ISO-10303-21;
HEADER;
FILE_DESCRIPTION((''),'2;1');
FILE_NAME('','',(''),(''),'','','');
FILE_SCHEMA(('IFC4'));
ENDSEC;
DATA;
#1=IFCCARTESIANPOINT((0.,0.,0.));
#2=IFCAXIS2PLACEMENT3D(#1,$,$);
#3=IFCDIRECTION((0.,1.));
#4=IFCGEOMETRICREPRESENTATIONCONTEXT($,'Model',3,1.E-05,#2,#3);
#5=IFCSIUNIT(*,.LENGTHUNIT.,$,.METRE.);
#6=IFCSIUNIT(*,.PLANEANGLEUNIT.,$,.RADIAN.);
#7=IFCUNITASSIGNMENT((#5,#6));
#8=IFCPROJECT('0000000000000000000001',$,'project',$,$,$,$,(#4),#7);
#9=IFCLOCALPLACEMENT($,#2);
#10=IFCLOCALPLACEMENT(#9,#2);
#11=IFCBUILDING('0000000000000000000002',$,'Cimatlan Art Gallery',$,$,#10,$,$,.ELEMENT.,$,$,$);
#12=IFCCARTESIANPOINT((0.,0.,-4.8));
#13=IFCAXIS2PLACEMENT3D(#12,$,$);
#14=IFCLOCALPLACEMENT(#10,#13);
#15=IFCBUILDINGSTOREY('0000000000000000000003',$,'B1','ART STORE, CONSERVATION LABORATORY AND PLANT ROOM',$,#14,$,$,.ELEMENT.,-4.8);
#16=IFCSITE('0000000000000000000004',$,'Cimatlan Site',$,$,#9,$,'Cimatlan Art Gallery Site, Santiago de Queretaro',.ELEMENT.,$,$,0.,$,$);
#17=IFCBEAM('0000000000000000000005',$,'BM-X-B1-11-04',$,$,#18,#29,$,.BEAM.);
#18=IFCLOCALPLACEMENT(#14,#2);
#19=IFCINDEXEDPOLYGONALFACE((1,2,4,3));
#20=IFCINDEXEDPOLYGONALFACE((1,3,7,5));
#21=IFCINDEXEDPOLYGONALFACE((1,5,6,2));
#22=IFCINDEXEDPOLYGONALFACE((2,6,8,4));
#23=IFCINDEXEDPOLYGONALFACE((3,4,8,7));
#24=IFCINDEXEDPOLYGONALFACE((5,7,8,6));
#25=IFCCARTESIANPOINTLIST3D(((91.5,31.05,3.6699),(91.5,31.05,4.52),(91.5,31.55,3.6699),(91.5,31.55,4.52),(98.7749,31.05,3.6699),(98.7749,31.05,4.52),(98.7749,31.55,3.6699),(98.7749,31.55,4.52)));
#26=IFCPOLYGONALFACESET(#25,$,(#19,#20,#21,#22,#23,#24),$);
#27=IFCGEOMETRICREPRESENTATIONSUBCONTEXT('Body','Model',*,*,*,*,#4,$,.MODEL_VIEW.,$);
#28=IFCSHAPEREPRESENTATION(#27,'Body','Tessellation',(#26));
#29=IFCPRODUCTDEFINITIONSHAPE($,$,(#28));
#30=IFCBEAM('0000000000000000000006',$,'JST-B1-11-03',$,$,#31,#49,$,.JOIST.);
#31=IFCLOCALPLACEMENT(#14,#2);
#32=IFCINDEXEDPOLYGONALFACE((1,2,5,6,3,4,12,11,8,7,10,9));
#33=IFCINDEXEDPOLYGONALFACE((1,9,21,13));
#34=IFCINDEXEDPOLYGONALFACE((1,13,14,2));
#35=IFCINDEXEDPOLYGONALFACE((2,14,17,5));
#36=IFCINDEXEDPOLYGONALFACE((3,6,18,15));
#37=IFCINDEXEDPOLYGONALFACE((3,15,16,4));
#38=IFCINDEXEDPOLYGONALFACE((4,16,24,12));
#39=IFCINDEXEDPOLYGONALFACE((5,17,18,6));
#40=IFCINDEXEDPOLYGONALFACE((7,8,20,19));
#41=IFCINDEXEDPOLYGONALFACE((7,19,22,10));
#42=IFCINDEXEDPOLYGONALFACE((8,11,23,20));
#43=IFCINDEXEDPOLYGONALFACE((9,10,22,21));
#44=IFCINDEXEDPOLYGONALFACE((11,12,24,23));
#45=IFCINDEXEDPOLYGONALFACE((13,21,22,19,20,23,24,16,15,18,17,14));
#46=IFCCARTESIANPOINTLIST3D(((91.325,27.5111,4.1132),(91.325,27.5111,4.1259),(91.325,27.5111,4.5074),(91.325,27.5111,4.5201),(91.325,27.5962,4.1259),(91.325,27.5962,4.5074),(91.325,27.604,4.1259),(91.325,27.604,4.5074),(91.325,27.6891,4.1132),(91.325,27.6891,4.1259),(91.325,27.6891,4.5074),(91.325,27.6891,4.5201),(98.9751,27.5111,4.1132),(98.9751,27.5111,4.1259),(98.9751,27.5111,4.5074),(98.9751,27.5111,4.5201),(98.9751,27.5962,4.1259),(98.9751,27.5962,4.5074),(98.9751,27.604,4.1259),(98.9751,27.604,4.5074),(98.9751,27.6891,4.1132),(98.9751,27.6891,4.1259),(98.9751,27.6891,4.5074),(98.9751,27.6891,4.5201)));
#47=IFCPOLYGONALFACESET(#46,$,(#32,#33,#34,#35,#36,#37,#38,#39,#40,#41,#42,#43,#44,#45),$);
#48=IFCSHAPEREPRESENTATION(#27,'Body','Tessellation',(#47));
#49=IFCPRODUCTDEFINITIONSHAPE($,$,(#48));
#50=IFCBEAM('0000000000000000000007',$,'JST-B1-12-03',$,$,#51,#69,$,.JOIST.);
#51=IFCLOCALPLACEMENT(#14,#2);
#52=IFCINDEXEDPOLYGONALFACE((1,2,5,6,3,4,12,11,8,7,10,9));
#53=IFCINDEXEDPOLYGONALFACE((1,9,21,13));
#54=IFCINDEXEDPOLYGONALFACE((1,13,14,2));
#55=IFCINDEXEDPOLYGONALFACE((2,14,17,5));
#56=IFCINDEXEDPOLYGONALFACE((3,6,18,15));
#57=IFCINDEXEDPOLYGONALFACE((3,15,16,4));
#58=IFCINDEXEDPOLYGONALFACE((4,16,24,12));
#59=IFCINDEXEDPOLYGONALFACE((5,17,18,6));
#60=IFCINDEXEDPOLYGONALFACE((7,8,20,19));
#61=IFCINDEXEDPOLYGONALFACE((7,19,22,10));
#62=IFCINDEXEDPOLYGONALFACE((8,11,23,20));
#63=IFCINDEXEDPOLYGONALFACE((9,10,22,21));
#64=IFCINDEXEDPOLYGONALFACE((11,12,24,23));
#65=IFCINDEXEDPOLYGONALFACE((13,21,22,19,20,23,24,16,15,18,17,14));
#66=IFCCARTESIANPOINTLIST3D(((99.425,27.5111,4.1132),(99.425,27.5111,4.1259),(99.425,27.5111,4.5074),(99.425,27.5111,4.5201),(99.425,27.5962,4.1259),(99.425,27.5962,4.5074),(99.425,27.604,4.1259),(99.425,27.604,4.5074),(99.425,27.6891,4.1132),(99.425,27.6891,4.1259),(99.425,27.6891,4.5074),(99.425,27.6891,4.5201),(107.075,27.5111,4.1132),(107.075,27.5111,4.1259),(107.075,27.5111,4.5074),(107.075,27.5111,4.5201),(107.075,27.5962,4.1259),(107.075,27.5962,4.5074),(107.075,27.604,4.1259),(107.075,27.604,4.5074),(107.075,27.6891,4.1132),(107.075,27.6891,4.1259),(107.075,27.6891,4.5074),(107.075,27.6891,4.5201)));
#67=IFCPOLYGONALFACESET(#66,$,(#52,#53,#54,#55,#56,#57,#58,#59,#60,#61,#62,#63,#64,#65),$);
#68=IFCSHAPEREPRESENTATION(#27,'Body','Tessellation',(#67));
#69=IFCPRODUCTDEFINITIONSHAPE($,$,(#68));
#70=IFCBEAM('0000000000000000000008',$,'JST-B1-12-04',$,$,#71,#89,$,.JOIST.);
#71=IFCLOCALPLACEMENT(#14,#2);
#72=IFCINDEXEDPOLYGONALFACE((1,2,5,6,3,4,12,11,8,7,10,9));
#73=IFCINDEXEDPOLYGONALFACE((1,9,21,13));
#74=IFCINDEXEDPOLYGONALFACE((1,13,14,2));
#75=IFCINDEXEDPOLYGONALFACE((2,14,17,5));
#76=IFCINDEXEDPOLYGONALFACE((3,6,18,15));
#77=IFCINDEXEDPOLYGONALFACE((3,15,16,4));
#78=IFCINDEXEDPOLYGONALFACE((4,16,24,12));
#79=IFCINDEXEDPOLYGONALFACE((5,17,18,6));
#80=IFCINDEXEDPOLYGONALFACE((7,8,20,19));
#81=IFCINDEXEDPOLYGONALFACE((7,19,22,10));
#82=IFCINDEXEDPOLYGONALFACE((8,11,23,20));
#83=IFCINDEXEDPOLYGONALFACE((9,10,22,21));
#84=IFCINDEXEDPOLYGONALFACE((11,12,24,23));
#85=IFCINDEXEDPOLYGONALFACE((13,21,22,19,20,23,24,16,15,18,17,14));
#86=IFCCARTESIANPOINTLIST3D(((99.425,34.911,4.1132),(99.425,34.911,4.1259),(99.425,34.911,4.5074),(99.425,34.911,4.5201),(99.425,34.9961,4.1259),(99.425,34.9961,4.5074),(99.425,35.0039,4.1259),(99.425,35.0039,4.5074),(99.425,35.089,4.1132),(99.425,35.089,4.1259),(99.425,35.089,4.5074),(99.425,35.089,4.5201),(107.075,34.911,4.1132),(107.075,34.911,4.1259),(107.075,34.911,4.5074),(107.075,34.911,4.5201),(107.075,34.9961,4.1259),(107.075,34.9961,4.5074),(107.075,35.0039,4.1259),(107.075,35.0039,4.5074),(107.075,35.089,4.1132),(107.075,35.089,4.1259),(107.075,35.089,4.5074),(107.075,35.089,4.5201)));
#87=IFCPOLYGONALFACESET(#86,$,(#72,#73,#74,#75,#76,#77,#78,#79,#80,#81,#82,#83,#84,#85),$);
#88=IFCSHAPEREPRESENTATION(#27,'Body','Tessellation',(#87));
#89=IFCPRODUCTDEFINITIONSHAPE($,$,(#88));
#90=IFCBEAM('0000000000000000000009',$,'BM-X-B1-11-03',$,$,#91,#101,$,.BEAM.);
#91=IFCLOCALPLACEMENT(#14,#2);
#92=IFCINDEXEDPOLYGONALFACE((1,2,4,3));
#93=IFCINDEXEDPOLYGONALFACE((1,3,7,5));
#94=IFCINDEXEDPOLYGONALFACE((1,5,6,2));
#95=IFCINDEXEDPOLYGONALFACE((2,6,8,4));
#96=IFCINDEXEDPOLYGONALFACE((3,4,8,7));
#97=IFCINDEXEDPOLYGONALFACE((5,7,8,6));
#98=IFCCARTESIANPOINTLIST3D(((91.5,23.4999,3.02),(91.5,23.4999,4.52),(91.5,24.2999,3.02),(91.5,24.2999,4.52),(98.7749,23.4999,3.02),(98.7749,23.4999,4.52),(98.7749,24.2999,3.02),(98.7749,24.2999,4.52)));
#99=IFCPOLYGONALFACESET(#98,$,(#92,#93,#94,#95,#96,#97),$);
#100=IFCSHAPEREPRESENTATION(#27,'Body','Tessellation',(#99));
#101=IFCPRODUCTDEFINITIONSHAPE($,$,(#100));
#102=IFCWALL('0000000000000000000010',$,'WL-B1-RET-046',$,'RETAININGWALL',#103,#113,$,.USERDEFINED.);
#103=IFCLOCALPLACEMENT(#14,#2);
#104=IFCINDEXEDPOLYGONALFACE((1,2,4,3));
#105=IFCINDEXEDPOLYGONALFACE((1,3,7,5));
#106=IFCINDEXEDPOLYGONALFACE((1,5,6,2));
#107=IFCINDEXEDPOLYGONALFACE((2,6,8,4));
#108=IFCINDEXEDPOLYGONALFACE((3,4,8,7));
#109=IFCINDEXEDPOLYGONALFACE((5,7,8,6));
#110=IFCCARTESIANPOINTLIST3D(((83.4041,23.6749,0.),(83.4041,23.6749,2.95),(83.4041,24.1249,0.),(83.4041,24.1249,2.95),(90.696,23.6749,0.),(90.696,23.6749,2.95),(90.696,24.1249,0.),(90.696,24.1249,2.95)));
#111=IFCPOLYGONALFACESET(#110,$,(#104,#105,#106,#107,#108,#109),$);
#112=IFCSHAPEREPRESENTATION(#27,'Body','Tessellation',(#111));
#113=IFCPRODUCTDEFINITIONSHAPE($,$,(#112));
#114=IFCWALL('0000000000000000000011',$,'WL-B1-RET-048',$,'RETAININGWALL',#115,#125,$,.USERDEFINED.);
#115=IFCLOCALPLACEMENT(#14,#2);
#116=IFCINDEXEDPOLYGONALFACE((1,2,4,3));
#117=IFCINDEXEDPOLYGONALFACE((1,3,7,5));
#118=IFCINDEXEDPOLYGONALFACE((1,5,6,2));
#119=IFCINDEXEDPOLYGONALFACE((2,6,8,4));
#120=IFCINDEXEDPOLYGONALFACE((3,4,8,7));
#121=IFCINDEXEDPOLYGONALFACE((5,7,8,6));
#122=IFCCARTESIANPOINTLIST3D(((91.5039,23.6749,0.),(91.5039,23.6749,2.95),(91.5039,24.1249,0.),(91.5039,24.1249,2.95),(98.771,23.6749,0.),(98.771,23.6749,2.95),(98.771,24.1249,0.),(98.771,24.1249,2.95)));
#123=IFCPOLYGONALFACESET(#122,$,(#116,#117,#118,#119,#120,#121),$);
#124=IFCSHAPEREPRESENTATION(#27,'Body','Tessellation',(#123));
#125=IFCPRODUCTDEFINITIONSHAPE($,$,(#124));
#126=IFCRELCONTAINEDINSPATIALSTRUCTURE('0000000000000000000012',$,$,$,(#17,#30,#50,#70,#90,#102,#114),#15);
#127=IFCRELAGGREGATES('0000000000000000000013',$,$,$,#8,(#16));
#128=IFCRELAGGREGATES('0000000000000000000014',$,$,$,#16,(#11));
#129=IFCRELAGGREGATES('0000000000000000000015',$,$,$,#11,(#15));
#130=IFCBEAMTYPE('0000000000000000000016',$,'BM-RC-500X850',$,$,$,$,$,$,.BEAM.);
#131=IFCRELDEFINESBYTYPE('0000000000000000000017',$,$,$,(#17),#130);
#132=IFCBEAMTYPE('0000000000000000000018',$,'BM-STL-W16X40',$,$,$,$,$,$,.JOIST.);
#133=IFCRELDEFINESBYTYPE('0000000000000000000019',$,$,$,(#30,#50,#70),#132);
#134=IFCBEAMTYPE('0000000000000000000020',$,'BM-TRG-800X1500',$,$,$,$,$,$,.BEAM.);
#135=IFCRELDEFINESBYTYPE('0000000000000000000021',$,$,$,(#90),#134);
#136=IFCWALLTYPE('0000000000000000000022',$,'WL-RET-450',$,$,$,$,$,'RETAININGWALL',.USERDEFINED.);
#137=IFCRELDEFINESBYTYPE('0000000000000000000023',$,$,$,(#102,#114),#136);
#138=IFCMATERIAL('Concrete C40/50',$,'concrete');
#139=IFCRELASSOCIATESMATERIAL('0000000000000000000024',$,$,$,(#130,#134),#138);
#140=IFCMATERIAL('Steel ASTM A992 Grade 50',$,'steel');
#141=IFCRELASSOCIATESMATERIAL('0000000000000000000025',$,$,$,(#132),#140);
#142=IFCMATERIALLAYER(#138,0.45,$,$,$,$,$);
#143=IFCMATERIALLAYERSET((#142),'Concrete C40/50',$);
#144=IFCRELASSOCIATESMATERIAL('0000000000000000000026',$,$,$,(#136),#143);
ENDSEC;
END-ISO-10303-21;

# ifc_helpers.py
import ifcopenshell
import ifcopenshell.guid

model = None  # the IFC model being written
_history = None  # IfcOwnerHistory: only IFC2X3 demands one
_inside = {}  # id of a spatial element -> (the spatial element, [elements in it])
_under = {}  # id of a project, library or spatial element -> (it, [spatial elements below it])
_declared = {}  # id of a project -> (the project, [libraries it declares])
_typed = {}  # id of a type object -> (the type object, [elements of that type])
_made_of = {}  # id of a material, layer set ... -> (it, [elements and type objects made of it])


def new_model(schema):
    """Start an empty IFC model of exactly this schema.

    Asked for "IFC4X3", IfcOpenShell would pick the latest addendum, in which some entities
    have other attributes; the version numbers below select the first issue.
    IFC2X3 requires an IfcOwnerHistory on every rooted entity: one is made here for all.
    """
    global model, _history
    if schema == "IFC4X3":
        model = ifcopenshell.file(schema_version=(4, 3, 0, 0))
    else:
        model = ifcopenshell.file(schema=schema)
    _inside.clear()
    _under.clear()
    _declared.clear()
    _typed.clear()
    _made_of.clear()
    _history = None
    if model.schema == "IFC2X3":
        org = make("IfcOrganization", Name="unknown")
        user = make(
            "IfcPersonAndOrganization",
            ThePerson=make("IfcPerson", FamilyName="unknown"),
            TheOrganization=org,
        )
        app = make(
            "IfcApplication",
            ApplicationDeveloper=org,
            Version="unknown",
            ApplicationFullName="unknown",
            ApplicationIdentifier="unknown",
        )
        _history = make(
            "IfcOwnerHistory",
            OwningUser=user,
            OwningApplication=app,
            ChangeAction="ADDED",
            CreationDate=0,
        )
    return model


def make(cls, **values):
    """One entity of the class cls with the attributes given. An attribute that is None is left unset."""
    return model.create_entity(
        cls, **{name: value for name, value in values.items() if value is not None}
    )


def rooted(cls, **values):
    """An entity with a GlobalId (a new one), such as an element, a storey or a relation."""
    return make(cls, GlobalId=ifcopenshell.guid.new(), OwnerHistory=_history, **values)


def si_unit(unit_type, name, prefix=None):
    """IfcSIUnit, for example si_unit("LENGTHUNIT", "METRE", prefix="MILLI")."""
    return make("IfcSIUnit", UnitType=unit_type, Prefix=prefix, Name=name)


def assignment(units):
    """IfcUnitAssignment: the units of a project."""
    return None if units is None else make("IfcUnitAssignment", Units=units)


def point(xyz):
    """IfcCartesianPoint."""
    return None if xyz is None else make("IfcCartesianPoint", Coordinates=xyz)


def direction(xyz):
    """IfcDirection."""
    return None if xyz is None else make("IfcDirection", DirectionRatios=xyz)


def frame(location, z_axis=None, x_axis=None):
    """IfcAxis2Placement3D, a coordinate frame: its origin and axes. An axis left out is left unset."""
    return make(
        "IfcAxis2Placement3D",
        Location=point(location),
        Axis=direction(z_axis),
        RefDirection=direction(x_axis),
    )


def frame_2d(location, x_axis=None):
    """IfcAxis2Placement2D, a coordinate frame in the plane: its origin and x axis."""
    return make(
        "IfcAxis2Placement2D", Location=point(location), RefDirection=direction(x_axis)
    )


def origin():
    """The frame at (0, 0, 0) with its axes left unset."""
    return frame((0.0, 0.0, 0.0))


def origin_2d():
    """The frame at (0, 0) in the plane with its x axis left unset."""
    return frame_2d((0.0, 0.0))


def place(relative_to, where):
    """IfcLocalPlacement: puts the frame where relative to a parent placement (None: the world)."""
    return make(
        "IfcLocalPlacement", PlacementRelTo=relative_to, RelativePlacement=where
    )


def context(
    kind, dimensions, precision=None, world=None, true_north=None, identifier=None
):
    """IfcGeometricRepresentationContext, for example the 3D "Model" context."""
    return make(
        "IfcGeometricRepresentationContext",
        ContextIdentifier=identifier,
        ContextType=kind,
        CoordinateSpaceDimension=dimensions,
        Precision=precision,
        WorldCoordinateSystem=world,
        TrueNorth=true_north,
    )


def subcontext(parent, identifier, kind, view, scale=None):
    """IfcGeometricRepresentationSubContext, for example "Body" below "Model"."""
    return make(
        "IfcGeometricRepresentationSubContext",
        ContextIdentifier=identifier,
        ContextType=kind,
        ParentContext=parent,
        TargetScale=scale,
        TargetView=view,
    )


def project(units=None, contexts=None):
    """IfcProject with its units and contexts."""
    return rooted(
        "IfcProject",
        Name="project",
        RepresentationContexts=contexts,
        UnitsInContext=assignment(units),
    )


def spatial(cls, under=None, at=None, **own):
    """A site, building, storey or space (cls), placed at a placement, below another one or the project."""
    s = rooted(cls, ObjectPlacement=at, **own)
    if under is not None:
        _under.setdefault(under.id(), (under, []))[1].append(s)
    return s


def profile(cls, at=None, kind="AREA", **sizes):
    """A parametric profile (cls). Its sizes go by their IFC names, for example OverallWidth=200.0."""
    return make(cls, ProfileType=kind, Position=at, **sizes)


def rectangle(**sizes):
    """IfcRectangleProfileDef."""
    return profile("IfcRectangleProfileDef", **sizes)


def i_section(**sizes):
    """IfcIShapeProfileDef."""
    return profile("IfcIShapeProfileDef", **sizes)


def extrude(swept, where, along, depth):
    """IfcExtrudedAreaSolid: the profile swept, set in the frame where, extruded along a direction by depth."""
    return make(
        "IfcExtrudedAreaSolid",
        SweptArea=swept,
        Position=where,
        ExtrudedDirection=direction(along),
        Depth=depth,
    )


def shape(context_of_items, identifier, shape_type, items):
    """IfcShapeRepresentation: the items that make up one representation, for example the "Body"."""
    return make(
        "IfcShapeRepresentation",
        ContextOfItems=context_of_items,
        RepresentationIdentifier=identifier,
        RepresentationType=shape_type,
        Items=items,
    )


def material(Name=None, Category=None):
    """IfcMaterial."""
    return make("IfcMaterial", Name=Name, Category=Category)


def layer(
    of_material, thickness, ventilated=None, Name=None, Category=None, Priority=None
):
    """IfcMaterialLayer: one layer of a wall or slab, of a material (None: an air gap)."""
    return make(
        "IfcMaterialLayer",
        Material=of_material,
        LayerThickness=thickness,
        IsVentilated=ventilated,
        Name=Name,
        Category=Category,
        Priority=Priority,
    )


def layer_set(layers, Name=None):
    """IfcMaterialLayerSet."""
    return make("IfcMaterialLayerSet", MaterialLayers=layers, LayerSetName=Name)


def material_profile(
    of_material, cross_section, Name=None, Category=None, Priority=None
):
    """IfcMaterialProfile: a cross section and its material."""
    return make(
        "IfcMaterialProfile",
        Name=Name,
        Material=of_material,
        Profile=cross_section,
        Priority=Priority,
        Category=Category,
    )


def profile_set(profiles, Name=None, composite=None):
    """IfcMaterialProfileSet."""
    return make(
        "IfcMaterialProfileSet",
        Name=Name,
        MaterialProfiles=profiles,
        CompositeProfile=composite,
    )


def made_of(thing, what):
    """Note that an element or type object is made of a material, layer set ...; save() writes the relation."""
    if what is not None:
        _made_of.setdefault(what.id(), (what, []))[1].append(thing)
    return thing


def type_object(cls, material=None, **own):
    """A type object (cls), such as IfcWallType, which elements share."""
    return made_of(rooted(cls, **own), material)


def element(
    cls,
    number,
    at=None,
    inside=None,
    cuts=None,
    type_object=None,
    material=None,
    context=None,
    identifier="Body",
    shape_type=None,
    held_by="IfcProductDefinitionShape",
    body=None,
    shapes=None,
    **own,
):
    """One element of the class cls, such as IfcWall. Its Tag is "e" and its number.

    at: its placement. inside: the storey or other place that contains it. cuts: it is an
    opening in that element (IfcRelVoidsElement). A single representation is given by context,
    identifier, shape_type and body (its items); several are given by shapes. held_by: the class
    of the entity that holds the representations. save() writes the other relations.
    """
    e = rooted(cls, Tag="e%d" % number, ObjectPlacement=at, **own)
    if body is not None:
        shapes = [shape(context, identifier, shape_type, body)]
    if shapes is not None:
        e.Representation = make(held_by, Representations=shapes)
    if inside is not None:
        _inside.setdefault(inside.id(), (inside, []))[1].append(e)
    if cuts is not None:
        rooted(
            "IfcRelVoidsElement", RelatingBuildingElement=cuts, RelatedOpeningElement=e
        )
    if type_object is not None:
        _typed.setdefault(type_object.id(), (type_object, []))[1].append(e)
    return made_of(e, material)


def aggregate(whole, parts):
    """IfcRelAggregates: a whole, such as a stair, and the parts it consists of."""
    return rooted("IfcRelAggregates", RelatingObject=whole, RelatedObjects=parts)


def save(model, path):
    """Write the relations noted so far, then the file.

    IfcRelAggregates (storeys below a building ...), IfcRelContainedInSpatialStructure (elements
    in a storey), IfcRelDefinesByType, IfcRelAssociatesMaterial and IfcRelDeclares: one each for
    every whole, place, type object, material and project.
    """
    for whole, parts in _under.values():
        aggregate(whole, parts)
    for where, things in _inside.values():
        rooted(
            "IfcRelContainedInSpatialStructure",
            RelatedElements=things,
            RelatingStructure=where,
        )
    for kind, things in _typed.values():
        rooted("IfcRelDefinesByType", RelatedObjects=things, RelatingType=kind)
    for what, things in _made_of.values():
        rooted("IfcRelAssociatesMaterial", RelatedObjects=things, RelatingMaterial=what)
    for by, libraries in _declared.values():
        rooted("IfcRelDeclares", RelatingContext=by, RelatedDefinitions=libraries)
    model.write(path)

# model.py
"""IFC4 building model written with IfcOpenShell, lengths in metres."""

from ifc_helpers import new_model, si_unit, direction, frame, frame_2d, origin, origin_2d, place, context, subcontext, project, spatial, rectangle, i_section, extrude, material, layer, layer_set, material_profile, profile_set, type_object, element, save


model = new_model("IFC4")

# Units and contexts
model_context = context("Model", 3, precision=1e-05, world=origin(), true_north=direction((0.0, 1.0)))
body_context = subcontext(model_context, "Body", "Model", "MODEL_VIEW")
ifc_project = project(units=[si_unit("LENGTHUNIT", "METRE"), si_unit("PLANEANGLEUNIT", "RADIAN")], contexts=[model_context])

# Site, building, storey
site_placement = place(None, origin())
site = spatial("IfcSite", under=ifc_project, at=site_placement, Name="Cimatlan Site", LongName="Cimatlan Art Gallery Site, Santiago de Queretaro", CompositionType="ELEMENT", RefElevation=0.0)
building_placement = place(site_placement, origin())
building = spatial("IfcBuilding", under=site, at=building_placement, Name="Cimatlan Art Gallery", CompositionType="ELEMENT")
storey_placement = place(building_placement, frame((0.0, 0.0, -4.8)))
storey = spatial("IfcBuildingStorey", under=building, at=storey_placement, Name="B1", Description="ART STORE, CONSERVATION LABORATORY AND PLANT ROOM", CompositionType="ELEMENT", Elevation=-4.8)

# Shared definitions
ifc_material_1 = material(Name="Concrete C40/50", Category="concrete")

# Beams
ifc_material_profile_1 = material_profile(ifc_material_1, rectangle(XDim=0.5, YDim=0.8501, at=origin_2d()), Name="RC500X850")
ifc_profile_set_1 = profile_set([ifc_material_profile_1], Name="Concrete C40/50")
beam_type_1 = type_object("IfcBeamType", Name="BM-RC-500X850", PredefinedType="BEAM", material=ifc_profile_set_1)
beam_1_placement = place(storey_placement, frame((91.5, 31.3, 4.095), z_axis=(1.0, 0.0, 0.0), x_axis=(0.0, 1.0, 0.0)))
element("IfcBeam", 1, at=beam_1_placement, inside=storey, type_object=beam_type_1, Name="BM-X-B1-11-04", PredefinedType="BEAM", context=body_context, shape_type="SweptSolid", body=[
    extrude(rectangle(XDim=0.5, YDim=0.8501, at=origin_2d()), origin(), (0.0, 0.0, 1.0), 7.2749),
])
ifc_material_2 = material(Name="Steel ASTM A992 Grade 50", Category="steel")
ifc_material_profile_2 = material_profile(ifc_material_2, i_section(OverallWidth=0.178, OverallDepth=0.407, WebThickness=0.0078, FlangeThickness=0.0127, at=origin_2d()), Name="W16X40")
ifc_profile_set_2 = profile_set([ifc_material_profile_2], Name="Steel ASTM A992 Grade 50")
beam_type_2 = type_object("IfcBeamType", Name="BM-STL-W16X40", PredefinedType="JOIST", material=ifc_profile_set_2)
beam_2_placement = place(storey_placement, frame((91.325, 27.6001, 4.3167), z_axis=(1.0, 0.0, 0.0), x_axis=(0.0, 1.0, 0.0)))
element("IfcBeam", 2, at=beam_2_placement, inside=storey, type_object=beam_type_2, Name="JST-B1-11-03", PredefinedType="JOIST", context=body_context, shape_type="SweptSolid", body=[
    extrude(i_section(OverallWidth=0.178, OverallDepth=0.407, WebThickness=0.0078, FlangeThickness=0.0127, at=origin_2d()), origin(), (0.0, 0.0, 1.0), 7.6501),
])
for number, where, z_axis, x_axis, name in (
    (3, (99.425, 27.6001, 4.3167), (1.0, 0.0, 0.0), (0.0, 1.0, 0.0), "JST-B1-12-03"),
    (4, (99.425, 35.0, 4.3167), (1.0, 0.0, 0.0), (0.0, 1.0, 0.0), "JST-B1-12-04"),
):
    element("IfcBeam", number, at=place(storey_placement, frame(where, z_axis=z_axis, x_axis=x_axis)), inside=storey, type_object=beam_type_2, Name=name, PredefinedType="JOIST", context=body_context, shape_type="SweptSolid", body=[
        extrude(i_section(OverallWidth=0.178, OverallDepth=0.407, WebThickness=0.0078, FlangeThickness=0.0127, at=origin_2d()), origin(), (0.0, 0.0, 1.0), 7.6499),
    ])
ifc_material_profile_3 = material_profile(ifc_material_1, rectangle(XDim=0.8, YDim=1.5, at=origin_2d()), Name="RC800X1500")
ifc_profile_set_3 = profile_set([ifc_material_profile_3], Name="Concrete C40/50")
beam_type_3 = type_object("IfcBeamType", Name="BM-TRG-800X1500", PredefinedType="BEAM", material=ifc_profile_set_3)
beam_3_placement = place(storey_placement, frame((91.5, 23.8999, 3.77), z_axis=(1.0, 0.0, 0.0), x_axis=(0.0, 1.0, 0.0)))
element("IfcBeam", 5, at=beam_3_placement, inside=storey, type_object=beam_type_3, Name="BM-X-B1-11-03", PredefinedType="BEAM", context=body_context, shape_type="SweptSolid", body=[
    extrude(rectangle(XDim=0.8, YDim=1.5, at=origin_2d()), origin(), (0.0, 0.0, 1.0), 7.2749),
])

# Walls
ifc_layer = layer(ifc_material_1, 0.45)
ifc_layer_set = layer_set([ifc_layer], Name="Concrete C40/50")
wall_type = type_object("IfcWallType", Name="WL-RET-450", ElementType="RETAININGWALL", PredefinedType="USERDEFINED", material=ifc_layer_set)
wall_1_placement = place(storey_placement, frame((90.696, 23.8999, 0.0), z_axis=(0.0, 0.0, 1.0), x_axis=(-1.0, 0.0, 0.0)))
element("IfcWall", 6, at=wall_1_placement, inside=storey, type_object=wall_type, Name="WL-B1-RET-046", ObjectType="RETAININGWALL", PredefinedType="USERDEFINED", context=body_context, shape_type="SweptSolid", body=[
    extrude(rectangle(XDim=7.292, YDim=0.45, at=frame_2d((3.646, 0.0))), origin(), (0.0, 0.0, 1.0), 2.95),
])
wall_2_placement = place(storey_placement, frame((98.771, 23.8999, 0.0), z_axis=(0.0, 0.0, 1.0), x_axis=(-1.0, 0.0, 0.0)))
element("IfcWall", 7, at=wall_2_placement, inside=storey, type_object=wall_type, Name="WL-B1-RET-048", ObjectType="RETAININGWALL", PredefinedType="USERDEFINED", context=body_context, shape_type="SweptSolid", body=[
    extrude(rectangle(XDim=7.2671, YDim=0.45, at=frame_2d((3.6335, 0.0))), origin(), (0.0, 0.0, 1.0), 2.95),
])

save(model, "model.ifc")
